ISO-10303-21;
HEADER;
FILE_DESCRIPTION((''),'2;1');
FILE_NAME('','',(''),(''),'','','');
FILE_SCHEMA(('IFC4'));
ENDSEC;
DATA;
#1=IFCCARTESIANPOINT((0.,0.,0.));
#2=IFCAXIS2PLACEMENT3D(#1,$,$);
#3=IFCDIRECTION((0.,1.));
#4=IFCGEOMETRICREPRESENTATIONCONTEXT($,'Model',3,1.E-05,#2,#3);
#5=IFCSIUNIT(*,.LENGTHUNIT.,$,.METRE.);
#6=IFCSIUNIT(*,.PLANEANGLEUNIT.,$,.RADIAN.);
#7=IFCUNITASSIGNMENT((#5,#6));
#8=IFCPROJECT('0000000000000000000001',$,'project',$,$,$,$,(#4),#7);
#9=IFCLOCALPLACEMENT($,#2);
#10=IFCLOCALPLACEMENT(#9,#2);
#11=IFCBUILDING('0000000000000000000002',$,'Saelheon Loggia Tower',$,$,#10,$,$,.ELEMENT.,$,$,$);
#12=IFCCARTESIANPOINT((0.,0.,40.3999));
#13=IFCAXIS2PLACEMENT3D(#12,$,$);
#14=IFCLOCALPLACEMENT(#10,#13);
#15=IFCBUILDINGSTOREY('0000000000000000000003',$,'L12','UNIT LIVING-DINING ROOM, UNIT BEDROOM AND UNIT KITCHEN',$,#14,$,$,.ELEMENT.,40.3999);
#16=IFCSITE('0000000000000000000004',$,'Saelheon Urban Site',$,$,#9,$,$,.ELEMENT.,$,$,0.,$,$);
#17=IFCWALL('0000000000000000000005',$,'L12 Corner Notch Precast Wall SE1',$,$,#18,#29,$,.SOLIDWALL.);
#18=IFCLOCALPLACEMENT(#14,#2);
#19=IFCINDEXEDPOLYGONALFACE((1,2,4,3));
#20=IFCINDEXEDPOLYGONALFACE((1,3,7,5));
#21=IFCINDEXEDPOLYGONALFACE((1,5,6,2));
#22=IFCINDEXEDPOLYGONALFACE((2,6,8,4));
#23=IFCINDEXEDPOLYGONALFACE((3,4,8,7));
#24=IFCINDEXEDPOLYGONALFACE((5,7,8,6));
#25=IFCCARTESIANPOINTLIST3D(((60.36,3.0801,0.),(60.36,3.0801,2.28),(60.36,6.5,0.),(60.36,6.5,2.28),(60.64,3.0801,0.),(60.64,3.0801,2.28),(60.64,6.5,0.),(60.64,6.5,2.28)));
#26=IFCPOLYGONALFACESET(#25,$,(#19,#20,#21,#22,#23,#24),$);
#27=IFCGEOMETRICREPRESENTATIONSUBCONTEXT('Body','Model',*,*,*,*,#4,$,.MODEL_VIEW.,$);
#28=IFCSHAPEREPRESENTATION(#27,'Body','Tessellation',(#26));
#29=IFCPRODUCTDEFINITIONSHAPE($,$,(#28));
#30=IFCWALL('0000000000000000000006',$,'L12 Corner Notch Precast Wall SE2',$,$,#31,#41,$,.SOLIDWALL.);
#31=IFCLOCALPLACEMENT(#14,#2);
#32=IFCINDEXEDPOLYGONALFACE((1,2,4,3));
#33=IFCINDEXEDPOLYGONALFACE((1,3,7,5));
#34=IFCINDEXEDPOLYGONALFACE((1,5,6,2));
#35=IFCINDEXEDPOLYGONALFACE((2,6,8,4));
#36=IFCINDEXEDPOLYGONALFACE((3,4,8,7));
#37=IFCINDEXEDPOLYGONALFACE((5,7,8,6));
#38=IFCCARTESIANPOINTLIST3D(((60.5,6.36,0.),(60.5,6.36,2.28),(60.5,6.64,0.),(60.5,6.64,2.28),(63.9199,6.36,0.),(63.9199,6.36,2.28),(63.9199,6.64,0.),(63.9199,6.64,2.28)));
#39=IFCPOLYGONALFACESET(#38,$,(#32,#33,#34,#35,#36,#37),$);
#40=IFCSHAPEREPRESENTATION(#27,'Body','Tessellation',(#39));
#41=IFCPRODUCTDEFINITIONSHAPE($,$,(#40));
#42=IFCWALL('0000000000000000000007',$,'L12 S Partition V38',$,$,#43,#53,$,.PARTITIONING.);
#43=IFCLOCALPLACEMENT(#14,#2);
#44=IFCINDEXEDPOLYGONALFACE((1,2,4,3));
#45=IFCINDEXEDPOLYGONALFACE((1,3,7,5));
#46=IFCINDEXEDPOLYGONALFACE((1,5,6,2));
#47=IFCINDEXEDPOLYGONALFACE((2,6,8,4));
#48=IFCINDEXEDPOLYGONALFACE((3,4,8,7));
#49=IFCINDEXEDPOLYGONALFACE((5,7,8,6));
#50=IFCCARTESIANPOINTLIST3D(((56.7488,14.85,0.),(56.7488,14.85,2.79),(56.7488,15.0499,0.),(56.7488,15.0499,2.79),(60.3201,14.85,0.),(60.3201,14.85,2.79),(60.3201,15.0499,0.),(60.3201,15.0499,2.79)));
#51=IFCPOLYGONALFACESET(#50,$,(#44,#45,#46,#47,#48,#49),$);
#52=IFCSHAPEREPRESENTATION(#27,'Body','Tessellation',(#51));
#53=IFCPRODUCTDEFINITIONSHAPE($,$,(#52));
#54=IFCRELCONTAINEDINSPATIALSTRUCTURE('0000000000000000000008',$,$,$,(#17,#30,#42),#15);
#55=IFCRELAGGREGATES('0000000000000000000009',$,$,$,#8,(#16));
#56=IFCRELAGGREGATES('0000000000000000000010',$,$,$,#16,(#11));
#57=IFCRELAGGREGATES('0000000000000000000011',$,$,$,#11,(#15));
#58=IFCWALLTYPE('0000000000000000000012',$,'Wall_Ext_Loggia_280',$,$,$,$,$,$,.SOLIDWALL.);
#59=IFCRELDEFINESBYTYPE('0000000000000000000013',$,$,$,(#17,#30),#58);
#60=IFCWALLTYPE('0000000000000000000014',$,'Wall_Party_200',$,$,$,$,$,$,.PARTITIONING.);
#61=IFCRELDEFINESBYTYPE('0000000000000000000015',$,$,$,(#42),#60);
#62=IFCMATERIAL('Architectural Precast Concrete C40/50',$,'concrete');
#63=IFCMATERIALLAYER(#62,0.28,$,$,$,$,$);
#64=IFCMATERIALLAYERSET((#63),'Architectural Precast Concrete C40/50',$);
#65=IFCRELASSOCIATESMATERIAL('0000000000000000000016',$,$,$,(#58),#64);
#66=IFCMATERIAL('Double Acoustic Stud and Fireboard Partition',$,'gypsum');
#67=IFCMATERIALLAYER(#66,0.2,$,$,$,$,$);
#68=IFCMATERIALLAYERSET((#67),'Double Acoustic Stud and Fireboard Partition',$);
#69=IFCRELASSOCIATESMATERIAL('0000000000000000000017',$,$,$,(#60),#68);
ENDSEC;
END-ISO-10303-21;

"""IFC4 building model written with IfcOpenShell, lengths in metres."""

from ifc_helpers import new_model, si_unit, direction, frame, frame_2d, origin, place, context, subcontext, project, spatial, rectangle, extrude, material, layer, layer_set, type_object, element, save


model = new_model("IFC4")

# Units and contexts
model_context = context("Model", 3, precision=1e-05, world=origin(), true_north=direction((0.0, 1.0)))
body_context = subcontext(model_context, "Body", "Model", "MODEL_VIEW")
ifc_project = project(units=[si_unit("LENGTHUNIT", "METRE"), si_unit("PLANEANGLEUNIT", "RADIAN")], contexts=[model_context])

# Site, building, storey
site_placement = place(None, origin())
site = spatial("IfcSite", under=ifc_project, at=site_placement, Name="Saelheon Urban Site", CompositionType="ELEMENT", RefElevation=0.0)
building_placement = place(site_placement, origin())
building = spatial("IfcBuilding", under=site, at=building_placement, Name="Saelheon Loggia Tower", CompositionType="ELEMENT")
storey_placement = place(building_placement, frame((0.0, 0.0, 40.3999)))
storey = spatial("IfcBuildingStorey", under=building, at=storey_placement, Name="L12", Description="UNIT LIVING-DINING ROOM, UNIT BEDROOM AND UNIT KITCHEN", CompositionType="ELEMENT", Elevation=40.3999)

# Shared definitions
ifc_material_1 = material(Name="Architectural Precast Concrete C40/50", Category="concrete")
ifc_layer_1 = layer(ifc_material_1, 0.28)
ifc_layer_set_1 = layer_set([ifc_layer_1], Name="Architectural Precast Concrete C40/50")
wall_type_1 = type_object("IfcWallType", Name="Wall_Ext_Loggia_280", PredefinedType="SOLIDWALL", material=ifc_layer_set_1)

# Walls
for number, where, z_axis, x_axis, name in (
    (1, (60.5, 3.0801, 0.0), (0.0, 0.0, 1.0), (0.0, 1.0, 0.0), "L12 Corner Notch Precast Wall SE1"),
    (2, (60.5, 6.5, 0.0), (0.0, 0.0, 1.0), (1.0, 0.0, 0.0), "L12 Corner Notch Precast Wall SE2"),
):
    element("IfcWall", number, at=place(storey_placement, frame(where, z_axis=z_axis, x_axis=x_axis)), inside=storey, type_object=wall_type_1, Name=name, PredefinedType="SOLIDWALL", context=body_context, shape_type="SweptSolid", body=[
        extrude(rectangle(XDim=3.4199, YDim=0.28, at=frame_2d((1.71, 0.0))), origin(), (0.0, 0.0, 1.0), 2.28),
    ])
ifc_material_2 = material(Name="Double Acoustic Stud and Fireboard Partition", Category="gypsum")
ifc_layer_2 = layer(ifc_material_2, 0.2)
ifc_layer_set_2 = layer_set([ifc_layer_2], Name="Double Acoustic Stud and Fireboard Partition")
wall_type_2 = type_object("IfcWallType", Name="Wall_Party_200", PredefinedType="PARTITIONING", material=ifc_layer_set_2)
wall_1_placement = place(storey_placement, frame((56.7488, 14.95, 0.0), z_axis=(0.0, 0.0, 1.0), x_axis=(1.0, 0.0, 0.0)))
element("IfcWall", 3, at=wall_1_placement, inside=storey, type_object=wall_type_2, Name="L12 S Partition V38", PredefinedType="PARTITIONING", context=body_context, shape_type="SweptSolid", body=[
    extrude(rectangle(XDim=3.5713, YDim=0.2, at=frame_2d((1.7856, 0.0))), origin(), (0.0, 0.0, 1.0), 2.79),
])

save(model, "model.ifc")
